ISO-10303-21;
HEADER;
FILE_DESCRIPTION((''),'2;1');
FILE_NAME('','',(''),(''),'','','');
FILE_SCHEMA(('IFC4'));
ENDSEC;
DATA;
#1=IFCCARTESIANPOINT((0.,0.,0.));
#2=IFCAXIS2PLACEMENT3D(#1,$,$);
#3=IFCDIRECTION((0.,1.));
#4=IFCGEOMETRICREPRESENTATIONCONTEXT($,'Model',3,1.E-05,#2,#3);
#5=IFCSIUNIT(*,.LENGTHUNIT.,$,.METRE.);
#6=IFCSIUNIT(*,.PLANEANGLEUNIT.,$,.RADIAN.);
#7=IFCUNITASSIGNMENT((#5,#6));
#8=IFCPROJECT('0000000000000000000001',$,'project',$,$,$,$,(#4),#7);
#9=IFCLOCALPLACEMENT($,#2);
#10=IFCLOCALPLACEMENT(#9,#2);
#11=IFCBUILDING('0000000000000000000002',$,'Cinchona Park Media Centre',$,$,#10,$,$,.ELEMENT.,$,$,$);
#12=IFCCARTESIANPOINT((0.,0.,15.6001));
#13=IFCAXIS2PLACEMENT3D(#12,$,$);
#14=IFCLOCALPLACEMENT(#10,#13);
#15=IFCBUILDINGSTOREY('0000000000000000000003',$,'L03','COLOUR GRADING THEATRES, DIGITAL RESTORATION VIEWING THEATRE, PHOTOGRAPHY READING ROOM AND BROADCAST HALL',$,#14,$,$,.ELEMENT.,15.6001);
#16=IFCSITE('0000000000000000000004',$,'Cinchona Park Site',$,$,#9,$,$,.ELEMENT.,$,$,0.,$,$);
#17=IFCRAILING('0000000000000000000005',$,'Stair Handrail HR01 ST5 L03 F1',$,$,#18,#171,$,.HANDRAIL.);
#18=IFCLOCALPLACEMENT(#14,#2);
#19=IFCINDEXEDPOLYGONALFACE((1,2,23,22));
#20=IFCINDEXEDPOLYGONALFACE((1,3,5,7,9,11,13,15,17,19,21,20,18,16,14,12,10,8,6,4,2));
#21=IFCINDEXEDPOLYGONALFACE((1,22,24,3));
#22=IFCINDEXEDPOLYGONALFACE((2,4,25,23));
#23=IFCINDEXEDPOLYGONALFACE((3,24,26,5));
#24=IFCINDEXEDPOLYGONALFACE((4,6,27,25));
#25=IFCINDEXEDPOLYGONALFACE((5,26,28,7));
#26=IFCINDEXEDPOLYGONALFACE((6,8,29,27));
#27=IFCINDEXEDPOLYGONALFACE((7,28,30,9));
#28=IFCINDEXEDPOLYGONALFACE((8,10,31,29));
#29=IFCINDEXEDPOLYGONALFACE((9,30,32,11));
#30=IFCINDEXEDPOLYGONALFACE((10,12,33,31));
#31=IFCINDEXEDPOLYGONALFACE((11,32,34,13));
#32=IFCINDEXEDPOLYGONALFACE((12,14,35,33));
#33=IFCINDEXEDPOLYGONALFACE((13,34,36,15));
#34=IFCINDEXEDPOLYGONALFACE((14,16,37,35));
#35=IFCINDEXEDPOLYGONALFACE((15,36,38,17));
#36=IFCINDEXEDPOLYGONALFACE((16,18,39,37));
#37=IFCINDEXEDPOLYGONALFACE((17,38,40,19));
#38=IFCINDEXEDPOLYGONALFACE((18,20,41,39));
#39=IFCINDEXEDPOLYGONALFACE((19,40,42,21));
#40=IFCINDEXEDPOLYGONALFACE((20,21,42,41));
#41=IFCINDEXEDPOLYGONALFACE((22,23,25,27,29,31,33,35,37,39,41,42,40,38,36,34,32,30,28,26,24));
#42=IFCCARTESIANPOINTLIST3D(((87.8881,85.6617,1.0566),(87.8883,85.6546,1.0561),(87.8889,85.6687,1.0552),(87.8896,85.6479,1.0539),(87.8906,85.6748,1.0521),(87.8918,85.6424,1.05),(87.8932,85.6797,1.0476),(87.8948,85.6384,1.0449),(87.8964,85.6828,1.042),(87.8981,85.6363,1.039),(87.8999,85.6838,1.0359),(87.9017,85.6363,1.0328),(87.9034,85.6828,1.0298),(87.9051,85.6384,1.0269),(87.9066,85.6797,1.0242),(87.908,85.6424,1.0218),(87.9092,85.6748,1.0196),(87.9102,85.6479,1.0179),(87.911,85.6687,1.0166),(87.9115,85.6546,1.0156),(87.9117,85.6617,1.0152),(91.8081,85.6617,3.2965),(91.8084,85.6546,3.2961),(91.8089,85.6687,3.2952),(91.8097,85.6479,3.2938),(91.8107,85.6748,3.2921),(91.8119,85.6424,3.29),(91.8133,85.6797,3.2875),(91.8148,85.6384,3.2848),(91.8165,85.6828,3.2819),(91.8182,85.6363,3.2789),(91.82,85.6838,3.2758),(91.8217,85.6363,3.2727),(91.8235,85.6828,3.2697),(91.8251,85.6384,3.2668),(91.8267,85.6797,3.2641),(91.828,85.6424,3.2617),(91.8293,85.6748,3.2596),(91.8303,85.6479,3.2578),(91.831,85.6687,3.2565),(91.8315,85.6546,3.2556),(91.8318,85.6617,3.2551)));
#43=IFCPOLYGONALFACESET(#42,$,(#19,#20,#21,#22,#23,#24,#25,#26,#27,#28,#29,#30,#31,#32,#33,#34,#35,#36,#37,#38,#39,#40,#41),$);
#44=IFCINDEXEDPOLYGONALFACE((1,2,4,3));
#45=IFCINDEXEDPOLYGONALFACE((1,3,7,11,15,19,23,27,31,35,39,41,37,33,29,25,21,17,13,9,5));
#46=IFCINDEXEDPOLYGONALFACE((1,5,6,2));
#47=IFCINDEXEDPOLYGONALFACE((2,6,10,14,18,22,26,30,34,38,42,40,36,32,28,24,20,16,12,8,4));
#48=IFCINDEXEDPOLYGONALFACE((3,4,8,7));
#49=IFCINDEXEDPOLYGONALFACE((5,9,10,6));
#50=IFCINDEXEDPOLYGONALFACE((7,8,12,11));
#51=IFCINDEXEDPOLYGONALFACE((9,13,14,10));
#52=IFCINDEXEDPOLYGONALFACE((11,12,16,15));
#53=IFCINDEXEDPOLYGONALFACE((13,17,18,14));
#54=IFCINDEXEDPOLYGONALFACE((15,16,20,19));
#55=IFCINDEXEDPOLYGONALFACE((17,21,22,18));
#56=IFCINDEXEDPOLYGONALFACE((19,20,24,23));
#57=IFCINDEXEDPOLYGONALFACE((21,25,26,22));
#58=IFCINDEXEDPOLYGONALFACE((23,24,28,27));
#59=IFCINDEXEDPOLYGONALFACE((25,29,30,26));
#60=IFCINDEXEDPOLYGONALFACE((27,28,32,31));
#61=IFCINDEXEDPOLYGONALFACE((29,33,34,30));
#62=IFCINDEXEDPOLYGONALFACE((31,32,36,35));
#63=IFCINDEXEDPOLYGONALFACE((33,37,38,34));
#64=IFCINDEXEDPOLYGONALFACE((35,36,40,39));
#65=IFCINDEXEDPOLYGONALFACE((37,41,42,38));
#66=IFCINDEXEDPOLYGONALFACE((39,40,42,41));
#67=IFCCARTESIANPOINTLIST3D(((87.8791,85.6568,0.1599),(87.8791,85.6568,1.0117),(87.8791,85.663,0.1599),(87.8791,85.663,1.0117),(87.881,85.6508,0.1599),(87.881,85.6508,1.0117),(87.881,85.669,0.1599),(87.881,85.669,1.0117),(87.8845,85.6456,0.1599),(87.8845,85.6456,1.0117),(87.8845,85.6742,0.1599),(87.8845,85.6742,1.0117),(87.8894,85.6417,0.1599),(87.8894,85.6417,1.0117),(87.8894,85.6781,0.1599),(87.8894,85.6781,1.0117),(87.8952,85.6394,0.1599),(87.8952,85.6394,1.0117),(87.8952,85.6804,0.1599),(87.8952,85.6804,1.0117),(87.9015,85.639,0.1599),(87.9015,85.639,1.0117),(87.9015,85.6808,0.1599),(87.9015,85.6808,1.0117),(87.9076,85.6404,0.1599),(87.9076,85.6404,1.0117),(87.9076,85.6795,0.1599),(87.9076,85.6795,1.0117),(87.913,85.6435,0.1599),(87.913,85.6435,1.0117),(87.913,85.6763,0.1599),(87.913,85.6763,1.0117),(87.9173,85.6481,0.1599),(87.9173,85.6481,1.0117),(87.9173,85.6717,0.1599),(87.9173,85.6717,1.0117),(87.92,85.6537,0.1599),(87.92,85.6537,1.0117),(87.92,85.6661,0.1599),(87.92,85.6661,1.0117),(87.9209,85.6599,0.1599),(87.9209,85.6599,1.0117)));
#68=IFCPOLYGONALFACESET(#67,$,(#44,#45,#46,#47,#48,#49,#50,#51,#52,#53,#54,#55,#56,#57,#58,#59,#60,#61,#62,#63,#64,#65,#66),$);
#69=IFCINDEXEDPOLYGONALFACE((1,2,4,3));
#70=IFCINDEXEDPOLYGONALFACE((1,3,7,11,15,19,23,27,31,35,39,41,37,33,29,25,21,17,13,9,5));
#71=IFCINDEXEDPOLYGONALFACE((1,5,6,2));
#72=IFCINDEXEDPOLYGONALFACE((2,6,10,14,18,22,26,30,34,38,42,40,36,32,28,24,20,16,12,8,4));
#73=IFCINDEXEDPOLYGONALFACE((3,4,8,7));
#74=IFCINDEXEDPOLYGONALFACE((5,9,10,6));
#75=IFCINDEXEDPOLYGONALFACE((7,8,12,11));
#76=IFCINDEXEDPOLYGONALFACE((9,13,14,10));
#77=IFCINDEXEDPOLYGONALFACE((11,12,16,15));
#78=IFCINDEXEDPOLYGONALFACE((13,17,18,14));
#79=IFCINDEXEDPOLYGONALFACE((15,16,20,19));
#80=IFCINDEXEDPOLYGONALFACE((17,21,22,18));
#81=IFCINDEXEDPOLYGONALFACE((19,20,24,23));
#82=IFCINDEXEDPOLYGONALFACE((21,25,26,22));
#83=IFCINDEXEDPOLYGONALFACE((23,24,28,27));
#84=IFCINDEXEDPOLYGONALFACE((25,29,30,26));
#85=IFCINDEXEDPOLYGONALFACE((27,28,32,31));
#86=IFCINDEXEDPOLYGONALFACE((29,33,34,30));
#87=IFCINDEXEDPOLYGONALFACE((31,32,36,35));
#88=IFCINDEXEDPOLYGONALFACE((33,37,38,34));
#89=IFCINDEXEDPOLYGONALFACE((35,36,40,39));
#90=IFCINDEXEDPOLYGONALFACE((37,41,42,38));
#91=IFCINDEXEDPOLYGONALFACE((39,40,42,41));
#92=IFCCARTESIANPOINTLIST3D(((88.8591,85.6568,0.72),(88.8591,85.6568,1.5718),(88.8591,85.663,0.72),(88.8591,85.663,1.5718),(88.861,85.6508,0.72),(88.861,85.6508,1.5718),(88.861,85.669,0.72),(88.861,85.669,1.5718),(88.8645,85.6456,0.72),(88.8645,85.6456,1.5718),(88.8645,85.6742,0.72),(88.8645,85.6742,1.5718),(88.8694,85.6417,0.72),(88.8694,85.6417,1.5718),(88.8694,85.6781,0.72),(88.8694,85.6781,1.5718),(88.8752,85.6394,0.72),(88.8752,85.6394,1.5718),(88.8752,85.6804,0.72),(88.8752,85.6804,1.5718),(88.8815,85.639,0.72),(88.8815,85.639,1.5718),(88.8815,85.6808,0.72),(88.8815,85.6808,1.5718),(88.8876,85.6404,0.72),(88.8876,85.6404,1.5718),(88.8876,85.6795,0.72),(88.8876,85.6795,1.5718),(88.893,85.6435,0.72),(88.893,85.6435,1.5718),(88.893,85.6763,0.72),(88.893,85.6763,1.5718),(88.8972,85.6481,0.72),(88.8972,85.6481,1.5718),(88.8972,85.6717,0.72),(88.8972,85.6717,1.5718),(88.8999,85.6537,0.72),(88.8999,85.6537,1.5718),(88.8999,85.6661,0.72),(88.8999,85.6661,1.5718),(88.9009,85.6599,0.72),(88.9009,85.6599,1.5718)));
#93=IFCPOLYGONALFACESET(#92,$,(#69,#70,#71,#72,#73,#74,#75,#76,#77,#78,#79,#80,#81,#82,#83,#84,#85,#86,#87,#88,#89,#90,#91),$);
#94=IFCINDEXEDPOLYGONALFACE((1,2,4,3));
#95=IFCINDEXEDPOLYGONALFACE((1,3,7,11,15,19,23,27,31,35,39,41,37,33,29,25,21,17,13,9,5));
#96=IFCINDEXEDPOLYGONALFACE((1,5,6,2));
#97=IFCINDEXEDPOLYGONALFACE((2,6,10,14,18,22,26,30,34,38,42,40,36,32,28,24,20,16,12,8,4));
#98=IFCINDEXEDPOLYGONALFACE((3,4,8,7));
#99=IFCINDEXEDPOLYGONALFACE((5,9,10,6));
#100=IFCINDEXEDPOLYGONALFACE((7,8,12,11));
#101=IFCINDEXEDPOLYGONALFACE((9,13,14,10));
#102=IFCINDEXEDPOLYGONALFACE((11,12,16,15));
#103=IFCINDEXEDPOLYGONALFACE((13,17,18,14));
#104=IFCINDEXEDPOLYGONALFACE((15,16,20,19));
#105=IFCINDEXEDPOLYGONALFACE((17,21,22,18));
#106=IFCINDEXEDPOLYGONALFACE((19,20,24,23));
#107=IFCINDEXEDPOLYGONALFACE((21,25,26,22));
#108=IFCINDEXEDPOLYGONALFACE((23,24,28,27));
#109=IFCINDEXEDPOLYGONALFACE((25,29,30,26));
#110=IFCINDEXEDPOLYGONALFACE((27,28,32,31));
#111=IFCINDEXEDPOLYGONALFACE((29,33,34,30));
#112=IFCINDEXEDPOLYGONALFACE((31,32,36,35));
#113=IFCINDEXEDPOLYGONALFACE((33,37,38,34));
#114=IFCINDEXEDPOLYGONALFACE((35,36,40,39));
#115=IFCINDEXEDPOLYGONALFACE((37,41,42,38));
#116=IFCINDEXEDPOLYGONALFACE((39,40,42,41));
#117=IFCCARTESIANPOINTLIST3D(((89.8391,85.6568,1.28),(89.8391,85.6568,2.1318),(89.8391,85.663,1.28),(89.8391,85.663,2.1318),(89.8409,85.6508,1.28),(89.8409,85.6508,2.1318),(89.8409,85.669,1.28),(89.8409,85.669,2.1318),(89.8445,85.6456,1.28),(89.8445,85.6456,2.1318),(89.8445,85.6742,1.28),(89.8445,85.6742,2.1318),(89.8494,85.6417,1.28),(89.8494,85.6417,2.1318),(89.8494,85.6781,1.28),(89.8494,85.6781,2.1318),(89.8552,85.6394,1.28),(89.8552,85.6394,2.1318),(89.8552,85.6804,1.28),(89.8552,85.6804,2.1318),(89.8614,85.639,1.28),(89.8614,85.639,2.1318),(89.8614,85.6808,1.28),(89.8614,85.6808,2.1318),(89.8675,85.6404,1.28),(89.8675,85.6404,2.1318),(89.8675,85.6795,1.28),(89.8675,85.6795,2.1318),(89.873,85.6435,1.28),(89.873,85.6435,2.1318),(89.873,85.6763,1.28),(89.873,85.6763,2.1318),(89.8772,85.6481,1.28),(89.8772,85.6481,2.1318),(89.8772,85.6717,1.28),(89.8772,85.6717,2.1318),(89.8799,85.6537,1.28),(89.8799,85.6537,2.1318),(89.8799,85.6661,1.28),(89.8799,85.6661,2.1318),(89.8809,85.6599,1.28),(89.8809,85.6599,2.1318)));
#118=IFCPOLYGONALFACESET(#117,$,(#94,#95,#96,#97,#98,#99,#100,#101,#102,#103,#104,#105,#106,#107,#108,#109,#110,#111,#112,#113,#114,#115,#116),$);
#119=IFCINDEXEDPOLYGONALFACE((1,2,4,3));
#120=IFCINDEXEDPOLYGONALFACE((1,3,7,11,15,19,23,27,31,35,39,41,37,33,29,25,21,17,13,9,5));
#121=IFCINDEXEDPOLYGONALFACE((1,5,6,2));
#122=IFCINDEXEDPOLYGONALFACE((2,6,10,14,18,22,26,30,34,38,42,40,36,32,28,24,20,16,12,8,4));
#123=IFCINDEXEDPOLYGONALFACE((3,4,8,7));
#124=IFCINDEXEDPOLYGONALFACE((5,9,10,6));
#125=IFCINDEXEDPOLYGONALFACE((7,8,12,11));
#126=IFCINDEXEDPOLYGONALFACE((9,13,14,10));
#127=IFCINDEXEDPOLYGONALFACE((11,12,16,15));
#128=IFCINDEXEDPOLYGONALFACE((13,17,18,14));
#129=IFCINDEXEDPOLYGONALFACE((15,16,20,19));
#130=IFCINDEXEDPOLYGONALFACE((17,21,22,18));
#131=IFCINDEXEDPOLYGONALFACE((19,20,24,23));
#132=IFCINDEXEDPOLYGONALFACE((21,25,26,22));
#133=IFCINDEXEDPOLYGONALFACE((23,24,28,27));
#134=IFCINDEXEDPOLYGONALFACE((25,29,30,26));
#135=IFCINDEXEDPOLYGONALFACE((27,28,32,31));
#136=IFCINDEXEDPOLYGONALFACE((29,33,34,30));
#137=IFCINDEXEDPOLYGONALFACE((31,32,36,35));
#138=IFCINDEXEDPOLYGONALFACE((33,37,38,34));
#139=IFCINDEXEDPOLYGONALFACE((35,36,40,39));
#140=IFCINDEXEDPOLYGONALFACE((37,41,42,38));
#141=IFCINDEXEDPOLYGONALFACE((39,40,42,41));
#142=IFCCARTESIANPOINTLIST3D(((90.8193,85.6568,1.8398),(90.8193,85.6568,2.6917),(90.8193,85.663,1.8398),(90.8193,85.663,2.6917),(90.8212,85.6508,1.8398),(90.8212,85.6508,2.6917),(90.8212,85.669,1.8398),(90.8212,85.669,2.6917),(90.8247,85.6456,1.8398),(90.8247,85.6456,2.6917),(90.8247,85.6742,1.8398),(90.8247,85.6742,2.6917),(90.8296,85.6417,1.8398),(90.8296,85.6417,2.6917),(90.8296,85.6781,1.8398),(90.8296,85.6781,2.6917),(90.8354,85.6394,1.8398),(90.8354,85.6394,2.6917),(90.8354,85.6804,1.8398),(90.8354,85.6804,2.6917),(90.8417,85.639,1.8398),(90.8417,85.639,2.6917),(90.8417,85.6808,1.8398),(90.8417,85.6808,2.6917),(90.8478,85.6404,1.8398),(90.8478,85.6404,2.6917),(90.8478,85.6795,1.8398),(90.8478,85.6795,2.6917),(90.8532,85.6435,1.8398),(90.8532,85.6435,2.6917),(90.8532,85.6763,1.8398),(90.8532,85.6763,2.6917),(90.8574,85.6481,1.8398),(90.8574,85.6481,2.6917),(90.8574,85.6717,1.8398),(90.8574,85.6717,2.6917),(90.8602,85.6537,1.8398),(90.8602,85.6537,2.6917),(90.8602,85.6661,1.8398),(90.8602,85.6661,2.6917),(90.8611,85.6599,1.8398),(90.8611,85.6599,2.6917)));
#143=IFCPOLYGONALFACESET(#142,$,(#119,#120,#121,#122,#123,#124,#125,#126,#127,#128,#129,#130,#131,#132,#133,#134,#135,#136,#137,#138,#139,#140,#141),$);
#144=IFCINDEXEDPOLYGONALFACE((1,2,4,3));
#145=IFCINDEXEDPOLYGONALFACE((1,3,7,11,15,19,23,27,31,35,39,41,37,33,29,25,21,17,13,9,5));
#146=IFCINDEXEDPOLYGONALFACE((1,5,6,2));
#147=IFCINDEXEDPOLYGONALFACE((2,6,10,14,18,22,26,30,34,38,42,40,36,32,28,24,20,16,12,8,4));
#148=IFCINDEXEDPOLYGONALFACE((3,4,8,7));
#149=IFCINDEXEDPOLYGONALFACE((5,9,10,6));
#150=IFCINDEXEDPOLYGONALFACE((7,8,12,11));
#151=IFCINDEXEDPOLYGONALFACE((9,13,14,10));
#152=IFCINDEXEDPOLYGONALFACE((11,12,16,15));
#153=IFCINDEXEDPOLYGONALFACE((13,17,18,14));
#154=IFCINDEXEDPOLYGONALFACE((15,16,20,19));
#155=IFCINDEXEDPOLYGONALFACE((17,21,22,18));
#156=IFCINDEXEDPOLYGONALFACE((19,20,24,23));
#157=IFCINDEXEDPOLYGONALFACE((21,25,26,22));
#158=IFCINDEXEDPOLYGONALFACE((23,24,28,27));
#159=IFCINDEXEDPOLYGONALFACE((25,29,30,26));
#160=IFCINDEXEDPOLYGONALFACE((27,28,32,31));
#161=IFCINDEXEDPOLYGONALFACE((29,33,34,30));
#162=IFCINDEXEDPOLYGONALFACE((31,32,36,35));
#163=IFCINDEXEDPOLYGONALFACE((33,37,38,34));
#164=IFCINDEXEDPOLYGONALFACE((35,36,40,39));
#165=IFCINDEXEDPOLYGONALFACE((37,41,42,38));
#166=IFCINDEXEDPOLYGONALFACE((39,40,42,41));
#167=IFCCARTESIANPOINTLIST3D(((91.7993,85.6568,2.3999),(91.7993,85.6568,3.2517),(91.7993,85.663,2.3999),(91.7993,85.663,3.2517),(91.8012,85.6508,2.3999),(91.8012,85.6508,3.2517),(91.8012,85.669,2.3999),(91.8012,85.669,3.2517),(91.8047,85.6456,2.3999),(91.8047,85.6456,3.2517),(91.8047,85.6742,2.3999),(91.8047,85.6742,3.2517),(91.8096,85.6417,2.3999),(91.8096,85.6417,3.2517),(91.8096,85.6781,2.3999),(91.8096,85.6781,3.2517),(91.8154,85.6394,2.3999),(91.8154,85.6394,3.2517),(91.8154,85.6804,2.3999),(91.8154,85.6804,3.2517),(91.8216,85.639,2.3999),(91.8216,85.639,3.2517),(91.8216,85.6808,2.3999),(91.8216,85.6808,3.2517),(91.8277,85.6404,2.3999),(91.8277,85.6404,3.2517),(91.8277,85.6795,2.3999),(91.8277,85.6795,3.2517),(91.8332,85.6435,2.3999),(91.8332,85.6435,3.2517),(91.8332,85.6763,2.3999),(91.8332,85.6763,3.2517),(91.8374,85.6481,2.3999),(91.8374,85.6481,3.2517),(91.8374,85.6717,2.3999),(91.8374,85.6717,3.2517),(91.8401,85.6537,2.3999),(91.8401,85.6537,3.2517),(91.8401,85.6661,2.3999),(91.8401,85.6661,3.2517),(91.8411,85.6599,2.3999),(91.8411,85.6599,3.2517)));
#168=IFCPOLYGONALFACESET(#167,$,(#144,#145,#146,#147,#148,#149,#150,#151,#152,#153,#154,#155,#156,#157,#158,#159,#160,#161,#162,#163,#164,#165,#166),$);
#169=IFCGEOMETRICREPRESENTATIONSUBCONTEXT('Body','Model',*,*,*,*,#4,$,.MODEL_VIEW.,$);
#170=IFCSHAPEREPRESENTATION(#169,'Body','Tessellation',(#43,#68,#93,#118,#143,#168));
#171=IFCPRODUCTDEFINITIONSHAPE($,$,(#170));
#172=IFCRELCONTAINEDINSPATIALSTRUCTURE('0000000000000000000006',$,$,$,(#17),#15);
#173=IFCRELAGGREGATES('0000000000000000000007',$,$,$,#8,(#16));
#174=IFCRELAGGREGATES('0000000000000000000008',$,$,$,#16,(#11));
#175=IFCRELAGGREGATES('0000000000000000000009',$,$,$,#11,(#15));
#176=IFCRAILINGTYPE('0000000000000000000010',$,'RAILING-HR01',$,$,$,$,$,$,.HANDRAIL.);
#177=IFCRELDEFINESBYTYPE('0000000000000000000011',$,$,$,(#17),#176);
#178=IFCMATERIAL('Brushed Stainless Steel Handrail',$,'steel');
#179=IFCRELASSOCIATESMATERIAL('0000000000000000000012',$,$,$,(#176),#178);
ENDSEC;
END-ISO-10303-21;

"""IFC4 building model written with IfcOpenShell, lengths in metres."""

from ifc_helpers import new_model, si_unit, direction, frame, origin, origin_2d, place, context, subcontext, project, spatial, circle, extrude, material, type_object, element, save


model = new_model("IFC4")

# Units and contexts
model_context = context("Model", 3, precision=1e-05, world=origin(), true_north=direction((0.0, 1.0)))
body_context = subcontext(model_context, "Body", "Model", "MODEL_VIEW")
ifc_project = project(units=[si_unit("LENGTHUNIT", "METRE"), si_unit("PLANEANGLEUNIT", "RADIAN")], contexts=[model_context])

# Site, building, storey
site_placement = place(None, origin())
site = spatial("IfcSite", under=ifc_project, at=site_placement, Name="Cinchona Park Site", CompositionType="ELEMENT", RefElevation=0.0)
building_placement = place(site_placement, origin())
building = spatial("IfcBuilding", under=site, at=building_placement, Name="Cinchona Park Media Centre", CompositionType="ELEMENT")
storey_placement = place(building_placement, frame((0.0, 0.0, 15.6001)))
storey = spatial("IfcBuildingStorey", under=building, at=storey_placement, Name="L03", Description="COLOUR GRADING THEATRES, DIGITAL RESTORATION VIEWING THEATRE, PHOTOGRAPHY READING ROOM AND BROADCAST HALL", CompositionType="ELEMENT", Elevation=15.6001)

# Railing
ifc_material_1 = material(Name="Brushed Stainless Steel Handrail", Category="steel")
railing_type_1 = type_object("IfcRailingType", Name="RAILING-HR01", PredefinedType="HANDRAIL", material=ifc_material_1)
railing_1_placement = place(storey_placement, frame((87.8999, 85.6599, 0.1599)))
element("IfcRailing", 1, at=railing_1_placement, inside=storey, type_object=railing_type_1, Name="Stair Handrail HR01 ST5 L03 F1", PredefinedType="HANDRAIL", context=body_context, shape_type="SweptSolid", body=[
    extrude(circle(Radius=0.0239, at=origin_2d()), frame((0.0, 0.0, 0.876), z_axis=(0.868253, 0.0, 0.496121), x_axis=(0.0, 1.0, 0.0)), (0.0, 0.0, 1.0), 4.5149),
    extrude(circle(Radius=0.021, at=origin_2d()), origin(), (0.0, 0.0, 1.0), 0.8518),
    extrude(circle(Radius=0.021, at=origin_2d()), frame((0.98, 0.0, 0.5601)), (0.0, 0.0, 1.0), 0.8518),
    extrude(circle(Radius=0.021, at=origin_2d()), frame((1.96, 0.0, 1.1201)), (0.0, 0.0, 1.0), 0.8518),
    extrude(circle(Radius=0.021, at=origin_2d()), frame((2.9402, 0.0, 1.6799)), (0.0, 0.0, 1.0), 0.8518),
    extrude(circle(Radius=0.021, at=origin_2d()), frame((3.9202, 0.0, 2.24)), (0.0, 0.0, 1.0), 0.8518),
])

save(model, "model.ifc")
